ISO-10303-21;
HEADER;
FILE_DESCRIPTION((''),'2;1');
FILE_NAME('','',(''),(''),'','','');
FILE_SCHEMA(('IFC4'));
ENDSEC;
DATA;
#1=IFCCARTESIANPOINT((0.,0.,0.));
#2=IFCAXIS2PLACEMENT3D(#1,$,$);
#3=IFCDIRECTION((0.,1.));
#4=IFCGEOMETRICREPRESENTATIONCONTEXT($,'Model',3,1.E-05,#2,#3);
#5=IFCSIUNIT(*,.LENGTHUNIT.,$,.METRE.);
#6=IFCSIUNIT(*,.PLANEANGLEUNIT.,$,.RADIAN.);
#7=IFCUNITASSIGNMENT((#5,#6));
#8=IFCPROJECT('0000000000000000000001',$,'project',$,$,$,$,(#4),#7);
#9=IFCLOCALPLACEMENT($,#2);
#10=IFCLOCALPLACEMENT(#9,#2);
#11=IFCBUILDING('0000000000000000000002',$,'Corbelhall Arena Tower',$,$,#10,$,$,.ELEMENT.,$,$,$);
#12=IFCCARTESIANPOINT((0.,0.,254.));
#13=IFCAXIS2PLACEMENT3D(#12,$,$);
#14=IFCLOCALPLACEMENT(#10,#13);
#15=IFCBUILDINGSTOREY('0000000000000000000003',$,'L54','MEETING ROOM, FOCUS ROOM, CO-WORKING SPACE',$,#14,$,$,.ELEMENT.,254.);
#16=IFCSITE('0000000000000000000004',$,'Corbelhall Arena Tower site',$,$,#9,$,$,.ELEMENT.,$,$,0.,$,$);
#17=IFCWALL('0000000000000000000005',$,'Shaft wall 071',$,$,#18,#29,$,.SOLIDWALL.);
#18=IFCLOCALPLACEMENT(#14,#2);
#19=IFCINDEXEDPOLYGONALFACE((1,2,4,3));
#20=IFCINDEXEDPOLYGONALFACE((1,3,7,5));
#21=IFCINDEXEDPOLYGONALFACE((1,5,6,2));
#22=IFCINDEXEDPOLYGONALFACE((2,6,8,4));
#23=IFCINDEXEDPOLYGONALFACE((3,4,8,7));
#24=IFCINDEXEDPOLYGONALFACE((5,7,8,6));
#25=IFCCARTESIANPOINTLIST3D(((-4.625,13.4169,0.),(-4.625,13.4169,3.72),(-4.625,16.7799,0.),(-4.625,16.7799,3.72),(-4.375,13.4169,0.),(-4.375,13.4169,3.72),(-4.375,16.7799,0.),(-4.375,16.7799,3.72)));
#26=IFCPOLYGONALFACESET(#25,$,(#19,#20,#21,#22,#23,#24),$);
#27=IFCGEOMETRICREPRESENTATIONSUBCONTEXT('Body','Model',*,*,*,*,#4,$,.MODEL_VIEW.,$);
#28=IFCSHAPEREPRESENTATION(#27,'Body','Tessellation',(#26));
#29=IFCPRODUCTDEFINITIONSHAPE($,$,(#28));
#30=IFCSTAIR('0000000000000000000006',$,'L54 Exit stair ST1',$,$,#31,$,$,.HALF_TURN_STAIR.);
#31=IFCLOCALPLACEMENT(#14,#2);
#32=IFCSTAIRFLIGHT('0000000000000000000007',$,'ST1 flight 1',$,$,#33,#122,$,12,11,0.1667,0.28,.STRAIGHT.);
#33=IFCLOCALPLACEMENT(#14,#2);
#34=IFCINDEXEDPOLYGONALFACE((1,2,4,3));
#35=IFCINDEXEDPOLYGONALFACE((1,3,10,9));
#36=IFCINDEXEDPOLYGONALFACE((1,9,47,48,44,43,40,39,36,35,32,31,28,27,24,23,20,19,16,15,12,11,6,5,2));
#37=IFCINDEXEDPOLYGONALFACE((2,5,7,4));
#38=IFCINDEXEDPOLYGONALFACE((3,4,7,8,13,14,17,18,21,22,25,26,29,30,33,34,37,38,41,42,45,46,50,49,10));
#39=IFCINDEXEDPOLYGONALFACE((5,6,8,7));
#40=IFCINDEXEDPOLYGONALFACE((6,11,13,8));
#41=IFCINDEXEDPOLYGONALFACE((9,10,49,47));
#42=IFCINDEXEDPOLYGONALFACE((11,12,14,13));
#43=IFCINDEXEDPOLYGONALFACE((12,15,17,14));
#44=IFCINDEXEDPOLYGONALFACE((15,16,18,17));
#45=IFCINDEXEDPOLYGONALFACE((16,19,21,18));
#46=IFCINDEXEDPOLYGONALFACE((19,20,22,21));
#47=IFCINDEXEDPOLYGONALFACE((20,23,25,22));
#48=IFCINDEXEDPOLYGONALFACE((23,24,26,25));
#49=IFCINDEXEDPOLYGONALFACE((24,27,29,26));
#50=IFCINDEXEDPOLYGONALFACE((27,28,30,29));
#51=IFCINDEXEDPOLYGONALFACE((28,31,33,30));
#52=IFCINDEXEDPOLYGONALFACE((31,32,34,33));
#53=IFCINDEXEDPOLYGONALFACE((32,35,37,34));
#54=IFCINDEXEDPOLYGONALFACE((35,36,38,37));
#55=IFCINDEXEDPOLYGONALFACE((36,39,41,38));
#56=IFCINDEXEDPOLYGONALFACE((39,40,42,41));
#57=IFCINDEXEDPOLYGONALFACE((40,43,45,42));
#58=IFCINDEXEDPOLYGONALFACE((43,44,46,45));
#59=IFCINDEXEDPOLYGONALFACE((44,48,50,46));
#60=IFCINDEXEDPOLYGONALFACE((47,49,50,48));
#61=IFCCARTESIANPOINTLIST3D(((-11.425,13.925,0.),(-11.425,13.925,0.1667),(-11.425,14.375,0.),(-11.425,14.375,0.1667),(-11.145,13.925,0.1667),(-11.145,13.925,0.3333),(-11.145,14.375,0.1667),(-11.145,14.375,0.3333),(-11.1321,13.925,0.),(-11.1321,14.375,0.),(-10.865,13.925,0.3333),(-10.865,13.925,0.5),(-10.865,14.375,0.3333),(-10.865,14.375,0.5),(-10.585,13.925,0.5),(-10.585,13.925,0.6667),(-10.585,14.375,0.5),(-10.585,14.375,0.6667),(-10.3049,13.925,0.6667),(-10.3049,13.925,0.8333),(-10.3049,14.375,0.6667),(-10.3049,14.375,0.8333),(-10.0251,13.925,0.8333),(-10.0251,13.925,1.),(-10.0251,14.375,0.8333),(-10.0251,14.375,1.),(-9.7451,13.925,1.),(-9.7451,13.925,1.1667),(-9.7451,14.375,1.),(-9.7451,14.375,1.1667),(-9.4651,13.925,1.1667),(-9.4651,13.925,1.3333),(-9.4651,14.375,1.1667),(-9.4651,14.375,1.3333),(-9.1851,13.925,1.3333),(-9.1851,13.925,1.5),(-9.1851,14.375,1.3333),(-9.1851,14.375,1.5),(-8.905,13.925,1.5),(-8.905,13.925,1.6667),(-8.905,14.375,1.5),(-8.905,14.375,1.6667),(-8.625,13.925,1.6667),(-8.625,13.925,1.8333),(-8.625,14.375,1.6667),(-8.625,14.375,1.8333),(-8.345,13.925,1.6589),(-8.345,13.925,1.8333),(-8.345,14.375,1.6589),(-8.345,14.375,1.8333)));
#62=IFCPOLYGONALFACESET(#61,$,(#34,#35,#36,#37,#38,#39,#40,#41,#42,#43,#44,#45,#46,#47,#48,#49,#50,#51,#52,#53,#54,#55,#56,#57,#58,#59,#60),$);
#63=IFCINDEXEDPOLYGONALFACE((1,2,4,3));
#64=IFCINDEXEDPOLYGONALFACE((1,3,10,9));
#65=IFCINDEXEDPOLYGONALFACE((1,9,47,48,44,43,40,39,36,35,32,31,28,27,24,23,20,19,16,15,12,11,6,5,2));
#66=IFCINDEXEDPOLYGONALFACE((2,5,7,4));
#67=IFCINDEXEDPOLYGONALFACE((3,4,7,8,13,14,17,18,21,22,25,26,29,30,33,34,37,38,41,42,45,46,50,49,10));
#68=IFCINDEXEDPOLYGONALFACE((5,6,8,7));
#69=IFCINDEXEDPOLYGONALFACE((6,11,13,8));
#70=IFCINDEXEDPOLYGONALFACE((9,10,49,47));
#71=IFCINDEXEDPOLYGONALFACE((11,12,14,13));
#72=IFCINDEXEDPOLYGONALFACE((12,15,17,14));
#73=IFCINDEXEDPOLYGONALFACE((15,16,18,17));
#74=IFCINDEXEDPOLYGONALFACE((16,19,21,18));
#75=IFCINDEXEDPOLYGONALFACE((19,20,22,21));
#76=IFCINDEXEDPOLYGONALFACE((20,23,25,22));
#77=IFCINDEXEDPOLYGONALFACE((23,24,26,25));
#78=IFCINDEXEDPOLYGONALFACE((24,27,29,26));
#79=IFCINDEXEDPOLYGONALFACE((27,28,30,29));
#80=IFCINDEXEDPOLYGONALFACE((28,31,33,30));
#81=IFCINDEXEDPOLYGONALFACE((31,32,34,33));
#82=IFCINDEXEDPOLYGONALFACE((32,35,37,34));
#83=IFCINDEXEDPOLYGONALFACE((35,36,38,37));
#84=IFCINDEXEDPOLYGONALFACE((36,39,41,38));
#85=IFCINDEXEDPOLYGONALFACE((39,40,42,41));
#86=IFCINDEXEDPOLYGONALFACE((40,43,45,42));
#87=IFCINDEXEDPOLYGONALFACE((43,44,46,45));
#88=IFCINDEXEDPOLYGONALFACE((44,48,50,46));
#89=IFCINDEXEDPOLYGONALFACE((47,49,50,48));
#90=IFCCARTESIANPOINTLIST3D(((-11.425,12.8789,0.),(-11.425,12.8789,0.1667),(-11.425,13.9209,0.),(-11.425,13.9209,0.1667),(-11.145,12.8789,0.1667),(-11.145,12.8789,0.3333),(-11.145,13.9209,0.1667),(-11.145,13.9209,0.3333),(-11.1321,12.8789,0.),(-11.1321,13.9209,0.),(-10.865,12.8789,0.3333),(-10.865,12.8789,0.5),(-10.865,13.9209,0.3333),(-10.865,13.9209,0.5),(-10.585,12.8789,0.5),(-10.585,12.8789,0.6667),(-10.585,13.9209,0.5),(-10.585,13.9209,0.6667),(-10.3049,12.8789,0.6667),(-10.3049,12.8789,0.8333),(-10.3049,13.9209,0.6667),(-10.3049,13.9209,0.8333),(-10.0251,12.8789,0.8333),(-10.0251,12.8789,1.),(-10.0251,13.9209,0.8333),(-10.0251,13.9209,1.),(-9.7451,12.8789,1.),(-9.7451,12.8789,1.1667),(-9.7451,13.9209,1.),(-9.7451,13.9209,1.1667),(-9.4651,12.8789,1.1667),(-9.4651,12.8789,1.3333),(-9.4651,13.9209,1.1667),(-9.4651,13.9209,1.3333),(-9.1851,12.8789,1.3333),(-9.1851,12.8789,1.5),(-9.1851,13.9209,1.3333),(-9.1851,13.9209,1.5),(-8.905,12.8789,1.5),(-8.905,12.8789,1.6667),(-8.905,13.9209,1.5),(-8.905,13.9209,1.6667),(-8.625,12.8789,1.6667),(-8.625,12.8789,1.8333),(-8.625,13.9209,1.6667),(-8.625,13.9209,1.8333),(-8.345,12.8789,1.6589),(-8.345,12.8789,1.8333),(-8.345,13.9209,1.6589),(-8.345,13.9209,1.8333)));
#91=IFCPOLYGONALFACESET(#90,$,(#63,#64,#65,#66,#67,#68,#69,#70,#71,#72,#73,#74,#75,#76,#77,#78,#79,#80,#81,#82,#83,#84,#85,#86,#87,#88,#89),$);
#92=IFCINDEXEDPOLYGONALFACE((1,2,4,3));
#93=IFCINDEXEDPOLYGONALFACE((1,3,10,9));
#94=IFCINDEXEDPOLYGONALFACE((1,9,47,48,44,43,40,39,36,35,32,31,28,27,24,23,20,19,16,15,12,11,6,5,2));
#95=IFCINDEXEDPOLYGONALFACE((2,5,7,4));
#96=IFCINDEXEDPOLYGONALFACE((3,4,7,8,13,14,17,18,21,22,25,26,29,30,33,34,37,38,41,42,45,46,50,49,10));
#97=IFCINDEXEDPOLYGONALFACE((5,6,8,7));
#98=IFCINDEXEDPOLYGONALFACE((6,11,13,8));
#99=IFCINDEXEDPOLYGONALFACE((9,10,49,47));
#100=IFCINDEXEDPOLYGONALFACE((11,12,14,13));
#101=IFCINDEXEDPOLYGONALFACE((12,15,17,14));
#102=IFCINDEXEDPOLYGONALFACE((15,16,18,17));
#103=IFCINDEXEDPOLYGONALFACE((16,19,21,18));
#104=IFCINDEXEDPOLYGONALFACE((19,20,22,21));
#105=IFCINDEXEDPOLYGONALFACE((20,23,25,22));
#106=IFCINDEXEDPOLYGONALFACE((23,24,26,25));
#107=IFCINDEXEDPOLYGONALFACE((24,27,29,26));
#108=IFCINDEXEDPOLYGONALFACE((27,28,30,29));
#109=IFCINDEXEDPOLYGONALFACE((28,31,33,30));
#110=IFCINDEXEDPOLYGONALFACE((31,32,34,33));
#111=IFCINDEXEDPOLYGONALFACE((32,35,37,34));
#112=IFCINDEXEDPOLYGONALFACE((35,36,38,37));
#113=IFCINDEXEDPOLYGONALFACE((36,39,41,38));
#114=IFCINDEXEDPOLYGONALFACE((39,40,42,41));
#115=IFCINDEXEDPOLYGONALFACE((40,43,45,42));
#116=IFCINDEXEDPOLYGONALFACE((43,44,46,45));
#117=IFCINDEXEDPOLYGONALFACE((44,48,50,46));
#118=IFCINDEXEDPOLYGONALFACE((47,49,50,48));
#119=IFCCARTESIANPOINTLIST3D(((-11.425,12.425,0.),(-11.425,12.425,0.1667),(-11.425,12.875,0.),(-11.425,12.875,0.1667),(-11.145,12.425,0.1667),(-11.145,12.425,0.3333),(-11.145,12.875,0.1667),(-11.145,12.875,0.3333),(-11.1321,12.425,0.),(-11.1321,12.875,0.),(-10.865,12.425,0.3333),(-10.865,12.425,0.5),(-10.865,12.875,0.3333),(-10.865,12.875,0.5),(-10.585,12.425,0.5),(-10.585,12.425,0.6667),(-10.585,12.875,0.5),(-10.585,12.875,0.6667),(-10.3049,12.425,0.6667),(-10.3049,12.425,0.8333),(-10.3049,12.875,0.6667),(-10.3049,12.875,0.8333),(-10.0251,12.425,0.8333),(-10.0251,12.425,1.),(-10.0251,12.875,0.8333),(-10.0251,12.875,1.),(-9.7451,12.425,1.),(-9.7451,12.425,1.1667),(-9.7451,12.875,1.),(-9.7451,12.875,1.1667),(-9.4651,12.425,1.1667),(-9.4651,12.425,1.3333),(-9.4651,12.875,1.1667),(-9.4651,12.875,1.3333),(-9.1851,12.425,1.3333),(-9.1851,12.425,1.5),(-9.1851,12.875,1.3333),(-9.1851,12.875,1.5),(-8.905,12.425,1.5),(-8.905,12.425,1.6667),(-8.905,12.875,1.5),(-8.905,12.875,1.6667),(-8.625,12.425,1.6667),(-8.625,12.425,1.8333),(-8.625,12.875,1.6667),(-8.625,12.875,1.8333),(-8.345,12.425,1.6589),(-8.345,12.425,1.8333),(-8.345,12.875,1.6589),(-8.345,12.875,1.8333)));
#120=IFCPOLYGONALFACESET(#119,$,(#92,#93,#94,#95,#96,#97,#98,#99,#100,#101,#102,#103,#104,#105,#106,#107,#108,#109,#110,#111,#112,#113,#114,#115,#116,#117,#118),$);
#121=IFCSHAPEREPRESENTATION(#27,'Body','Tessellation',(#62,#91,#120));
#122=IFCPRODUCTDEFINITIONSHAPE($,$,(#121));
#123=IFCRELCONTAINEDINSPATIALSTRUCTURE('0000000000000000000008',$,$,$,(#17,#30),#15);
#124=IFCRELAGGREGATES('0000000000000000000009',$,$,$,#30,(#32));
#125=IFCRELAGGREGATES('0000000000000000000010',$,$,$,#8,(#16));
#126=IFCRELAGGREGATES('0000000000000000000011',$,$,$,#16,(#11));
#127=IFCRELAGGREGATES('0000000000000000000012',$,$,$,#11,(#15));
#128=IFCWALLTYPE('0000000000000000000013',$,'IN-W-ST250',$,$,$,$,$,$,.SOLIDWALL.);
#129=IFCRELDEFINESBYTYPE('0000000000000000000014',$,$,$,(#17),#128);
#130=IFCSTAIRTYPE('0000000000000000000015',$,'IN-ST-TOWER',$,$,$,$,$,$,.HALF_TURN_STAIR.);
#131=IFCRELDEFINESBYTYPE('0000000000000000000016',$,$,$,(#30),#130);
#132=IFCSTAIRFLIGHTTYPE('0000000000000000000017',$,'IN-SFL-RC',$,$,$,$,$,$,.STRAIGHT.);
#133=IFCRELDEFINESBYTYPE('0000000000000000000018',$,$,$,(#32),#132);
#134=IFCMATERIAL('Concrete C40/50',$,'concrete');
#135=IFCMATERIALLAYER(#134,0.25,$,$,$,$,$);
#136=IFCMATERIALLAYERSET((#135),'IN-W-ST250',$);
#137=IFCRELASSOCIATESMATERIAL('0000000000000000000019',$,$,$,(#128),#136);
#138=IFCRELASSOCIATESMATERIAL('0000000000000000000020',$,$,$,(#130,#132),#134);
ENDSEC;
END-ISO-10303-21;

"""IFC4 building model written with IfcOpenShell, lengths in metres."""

from ifc_helpers import new_model, si_unit, direction, frame, frame_2d, origin, place, context, subcontext, project, spatial, polyline, rectangle, outline, extrude, material, layer, layer_set, type_object, element, aggregate, save


model = new_model("IFC4")

# Units and contexts
model_context = context("Model", 3, precision=1e-05, world=origin(), true_north=direction((0.0, 1.0)))
body_context = subcontext(model_context, "Body", "Model", "MODEL_VIEW")
ifc_project = project(units=[si_unit("LENGTHUNIT", "METRE"), si_unit("PLANEANGLEUNIT", "RADIAN")], contexts=[model_context])

# Site, building, storey
site_placement = place(None, origin())
site = spatial("IfcSite", under=ifc_project, at=site_placement, Name="Corbelhall Arena Tower site", CompositionType="ELEMENT", RefElevation=0.0)
building_placement = place(site_placement, origin())
building = spatial("IfcBuilding", under=site, at=building_placement, Name="Corbelhall Arena Tower", CompositionType="ELEMENT")
storey_placement = place(building_placement, frame((0.0, 0.0, 254.0)))
storey = spatial("IfcBuildingStorey", under=building, at=storey_placement, Name="L54", Description="MEETING ROOM, FOCUS ROOM, CO-WORKING SPACE", CompositionType="ELEMENT", Elevation=254.0)

# Wall
ifc_material_1 = material(Name="Concrete C40/50", Category="concrete")
ifc_layer_1 = layer(ifc_material_1, 0.25)
ifc_layer_set_1 = layer_set([ifc_layer_1], Name="IN-W-ST250")
wall_type_1 = type_object("IfcWallType", Name="IN-W-ST250", PredefinedType="SOLIDWALL", material=ifc_layer_set_1)
wall_1_placement = place(storey_placement, frame((-4.5, 16.78, 0.0), z_axis=(0.0, 0.0, 1.0), x_axis=(0.0, -1.0, 0.0)))
element("IfcWall", 1, at=wall_1_placement, inside=storey, type_object=wall_type_1, Name="Shaft wall 071", PredefinedType="SOLIDWALL", context=body_context, shape_type="SweptSolid", body=[
    extrude(rectangle(XDim=3.363, YDim=0.25, at=frame_2d((1.6816, 0.0))), origin(), (0.0, 0.0, 1.0), 3.72),
])

# Stair, stair flight
stair_type = type_object("IfcStairType", Name="IN-ST-TOWER", PredefinedType="HALF_TURN_STAIR", material=ifc_material_1)
stair_placement = place(storey_placement, origin())
stair = element("IfcStair", 2, at=stair_placement, inside=storey, type_object=stair_type, Name="L54 Exit stair ST1", PredefinedType="HALF_TURN_STAIR")
stair_flight_type = type_object("IfcStairFlightType", Name="IN-SFL-RC", PredefinedType="STRAIGHT", material=ifc_material_1)
stair_flight_1_placement = place(storey_placement, frame((-11.425, 13.3999, 0.0), z_axis=(0.0, 0.0, 1.0), x_axis=(1.0, 0.0, 0.0)))
stair_flight_1 = element("IfcStairFlight", 3, at=stair_flight_1_placement, type_object=stair_flight_type, Name="ST1 flight 1", NumberOfRisers=12, NumberOfTreads=11, PredefinedType="STRAIGHT", RiserHeight=0.1667, TreadLength=0.28, context=body_context, shape_type="SweptSolid", body=[
    extrude(outline(polyline([(0.0, 0.0), (0.0, 0.1667), (0.28, 0.1667), (0.28, 0.3333), (0.5601, 0.3333), (0.5601, 0.5), (0.8401, 0.5), (0.8401, 0.6667), (1.1201, 0.6667), (1.1201, 0.8333), (1.3999, 0.8333), (1.3999, 1.0), (1.6799, 1.0), (1.6799, 1.1667), (1.96, 1.1667), (1.96, 1.3333), (2.24, 1.3333), (2.24, 1.5), (2.52, 1.5), (2.52, 1.6667), (2.8, 1.6667), (2.8, 1.8333), (3.0801, 1.8333), (3.0801, 2.0), (3.0801, 1.6589), (0.293, 0.0), (0.0, 0.0)])), frame((0.0, 0.9751, 0.0), z_axis=(0.0, -1.0, 0.0), x_axis=(1.0, 0.0, 0.0)), (0.0, 0.0, 1.0), 0.45),
    extrude(outline(polyline([(0.0, 0.0), (0.0, 0.1667), (0.28, 0.1667), (0.28, 0.3333), (0.5601, 0.3333), (0.5601, 0.5), (0.8401, 0.5), (0.8401, 0.6667), (1.1201, 0.6667), (1.1201, 0.8333), (1.3999, 0.8333), (1.3999, 1.0), (1.6799, 1.0), (1.6799, 1.1667), (1.96, 1.1667), (1.96, 1.3333), (2.24, 1.3333), (2.24, 1.5), (2.52, 1.5), (2.52, 1.6667), (2.8, 1.6667), (2.8, 1.8333), (3.0801, 1.8333), (3.0801, 2.0), (3.0801, 1.6589), (0.293, 0.0), (0.0, 0.0)])), frame((0.0, 0.521, 0.0), z_axis=(0.0, -1.0, 0.0), x_axis=(1.0, 0.0, 0.0)), (0.0, 0.0, 1.0), 1.042),
    extrude(outline(polyline([(0.0, 0.0), (0.0, 0.1667), (0.28, 0.1667), (0.28, 0.3333), (0.5601, 0.3333), (0.5601, 0.5), (0.8401, 0.5), (0.8401, 0.6667), (1.1201, 0.6667), (1.1201, 0.8333), (1.3999, 0.8333), (1.3999, 1.0), (1.6799, 1.0), (1.6799, 1.1667), (1.96, 1.1667), (1.96, 1.3333), (2.24, 1.3333), (2.24, 1.5), (2.52, 1.5), (2.52, 1.6667), (2.8, 1.6667), (2.8, 1.8333), (3.0801, 1.8333), (3.0801, 2.0), (3.0801, 1.6589), (0.293, 0.0), (0.0, 0.0)])), frame((0.0, -0.5249, 0.0), z_axis=(0.0, -1.0, 0.0), x_axis=(1.0, 0.0, 0.0)), (0.0, 0.0, 1.0), 0.45),
])
aggregate(stair, [stair_flight_1])

save(model, "model.ifc")
